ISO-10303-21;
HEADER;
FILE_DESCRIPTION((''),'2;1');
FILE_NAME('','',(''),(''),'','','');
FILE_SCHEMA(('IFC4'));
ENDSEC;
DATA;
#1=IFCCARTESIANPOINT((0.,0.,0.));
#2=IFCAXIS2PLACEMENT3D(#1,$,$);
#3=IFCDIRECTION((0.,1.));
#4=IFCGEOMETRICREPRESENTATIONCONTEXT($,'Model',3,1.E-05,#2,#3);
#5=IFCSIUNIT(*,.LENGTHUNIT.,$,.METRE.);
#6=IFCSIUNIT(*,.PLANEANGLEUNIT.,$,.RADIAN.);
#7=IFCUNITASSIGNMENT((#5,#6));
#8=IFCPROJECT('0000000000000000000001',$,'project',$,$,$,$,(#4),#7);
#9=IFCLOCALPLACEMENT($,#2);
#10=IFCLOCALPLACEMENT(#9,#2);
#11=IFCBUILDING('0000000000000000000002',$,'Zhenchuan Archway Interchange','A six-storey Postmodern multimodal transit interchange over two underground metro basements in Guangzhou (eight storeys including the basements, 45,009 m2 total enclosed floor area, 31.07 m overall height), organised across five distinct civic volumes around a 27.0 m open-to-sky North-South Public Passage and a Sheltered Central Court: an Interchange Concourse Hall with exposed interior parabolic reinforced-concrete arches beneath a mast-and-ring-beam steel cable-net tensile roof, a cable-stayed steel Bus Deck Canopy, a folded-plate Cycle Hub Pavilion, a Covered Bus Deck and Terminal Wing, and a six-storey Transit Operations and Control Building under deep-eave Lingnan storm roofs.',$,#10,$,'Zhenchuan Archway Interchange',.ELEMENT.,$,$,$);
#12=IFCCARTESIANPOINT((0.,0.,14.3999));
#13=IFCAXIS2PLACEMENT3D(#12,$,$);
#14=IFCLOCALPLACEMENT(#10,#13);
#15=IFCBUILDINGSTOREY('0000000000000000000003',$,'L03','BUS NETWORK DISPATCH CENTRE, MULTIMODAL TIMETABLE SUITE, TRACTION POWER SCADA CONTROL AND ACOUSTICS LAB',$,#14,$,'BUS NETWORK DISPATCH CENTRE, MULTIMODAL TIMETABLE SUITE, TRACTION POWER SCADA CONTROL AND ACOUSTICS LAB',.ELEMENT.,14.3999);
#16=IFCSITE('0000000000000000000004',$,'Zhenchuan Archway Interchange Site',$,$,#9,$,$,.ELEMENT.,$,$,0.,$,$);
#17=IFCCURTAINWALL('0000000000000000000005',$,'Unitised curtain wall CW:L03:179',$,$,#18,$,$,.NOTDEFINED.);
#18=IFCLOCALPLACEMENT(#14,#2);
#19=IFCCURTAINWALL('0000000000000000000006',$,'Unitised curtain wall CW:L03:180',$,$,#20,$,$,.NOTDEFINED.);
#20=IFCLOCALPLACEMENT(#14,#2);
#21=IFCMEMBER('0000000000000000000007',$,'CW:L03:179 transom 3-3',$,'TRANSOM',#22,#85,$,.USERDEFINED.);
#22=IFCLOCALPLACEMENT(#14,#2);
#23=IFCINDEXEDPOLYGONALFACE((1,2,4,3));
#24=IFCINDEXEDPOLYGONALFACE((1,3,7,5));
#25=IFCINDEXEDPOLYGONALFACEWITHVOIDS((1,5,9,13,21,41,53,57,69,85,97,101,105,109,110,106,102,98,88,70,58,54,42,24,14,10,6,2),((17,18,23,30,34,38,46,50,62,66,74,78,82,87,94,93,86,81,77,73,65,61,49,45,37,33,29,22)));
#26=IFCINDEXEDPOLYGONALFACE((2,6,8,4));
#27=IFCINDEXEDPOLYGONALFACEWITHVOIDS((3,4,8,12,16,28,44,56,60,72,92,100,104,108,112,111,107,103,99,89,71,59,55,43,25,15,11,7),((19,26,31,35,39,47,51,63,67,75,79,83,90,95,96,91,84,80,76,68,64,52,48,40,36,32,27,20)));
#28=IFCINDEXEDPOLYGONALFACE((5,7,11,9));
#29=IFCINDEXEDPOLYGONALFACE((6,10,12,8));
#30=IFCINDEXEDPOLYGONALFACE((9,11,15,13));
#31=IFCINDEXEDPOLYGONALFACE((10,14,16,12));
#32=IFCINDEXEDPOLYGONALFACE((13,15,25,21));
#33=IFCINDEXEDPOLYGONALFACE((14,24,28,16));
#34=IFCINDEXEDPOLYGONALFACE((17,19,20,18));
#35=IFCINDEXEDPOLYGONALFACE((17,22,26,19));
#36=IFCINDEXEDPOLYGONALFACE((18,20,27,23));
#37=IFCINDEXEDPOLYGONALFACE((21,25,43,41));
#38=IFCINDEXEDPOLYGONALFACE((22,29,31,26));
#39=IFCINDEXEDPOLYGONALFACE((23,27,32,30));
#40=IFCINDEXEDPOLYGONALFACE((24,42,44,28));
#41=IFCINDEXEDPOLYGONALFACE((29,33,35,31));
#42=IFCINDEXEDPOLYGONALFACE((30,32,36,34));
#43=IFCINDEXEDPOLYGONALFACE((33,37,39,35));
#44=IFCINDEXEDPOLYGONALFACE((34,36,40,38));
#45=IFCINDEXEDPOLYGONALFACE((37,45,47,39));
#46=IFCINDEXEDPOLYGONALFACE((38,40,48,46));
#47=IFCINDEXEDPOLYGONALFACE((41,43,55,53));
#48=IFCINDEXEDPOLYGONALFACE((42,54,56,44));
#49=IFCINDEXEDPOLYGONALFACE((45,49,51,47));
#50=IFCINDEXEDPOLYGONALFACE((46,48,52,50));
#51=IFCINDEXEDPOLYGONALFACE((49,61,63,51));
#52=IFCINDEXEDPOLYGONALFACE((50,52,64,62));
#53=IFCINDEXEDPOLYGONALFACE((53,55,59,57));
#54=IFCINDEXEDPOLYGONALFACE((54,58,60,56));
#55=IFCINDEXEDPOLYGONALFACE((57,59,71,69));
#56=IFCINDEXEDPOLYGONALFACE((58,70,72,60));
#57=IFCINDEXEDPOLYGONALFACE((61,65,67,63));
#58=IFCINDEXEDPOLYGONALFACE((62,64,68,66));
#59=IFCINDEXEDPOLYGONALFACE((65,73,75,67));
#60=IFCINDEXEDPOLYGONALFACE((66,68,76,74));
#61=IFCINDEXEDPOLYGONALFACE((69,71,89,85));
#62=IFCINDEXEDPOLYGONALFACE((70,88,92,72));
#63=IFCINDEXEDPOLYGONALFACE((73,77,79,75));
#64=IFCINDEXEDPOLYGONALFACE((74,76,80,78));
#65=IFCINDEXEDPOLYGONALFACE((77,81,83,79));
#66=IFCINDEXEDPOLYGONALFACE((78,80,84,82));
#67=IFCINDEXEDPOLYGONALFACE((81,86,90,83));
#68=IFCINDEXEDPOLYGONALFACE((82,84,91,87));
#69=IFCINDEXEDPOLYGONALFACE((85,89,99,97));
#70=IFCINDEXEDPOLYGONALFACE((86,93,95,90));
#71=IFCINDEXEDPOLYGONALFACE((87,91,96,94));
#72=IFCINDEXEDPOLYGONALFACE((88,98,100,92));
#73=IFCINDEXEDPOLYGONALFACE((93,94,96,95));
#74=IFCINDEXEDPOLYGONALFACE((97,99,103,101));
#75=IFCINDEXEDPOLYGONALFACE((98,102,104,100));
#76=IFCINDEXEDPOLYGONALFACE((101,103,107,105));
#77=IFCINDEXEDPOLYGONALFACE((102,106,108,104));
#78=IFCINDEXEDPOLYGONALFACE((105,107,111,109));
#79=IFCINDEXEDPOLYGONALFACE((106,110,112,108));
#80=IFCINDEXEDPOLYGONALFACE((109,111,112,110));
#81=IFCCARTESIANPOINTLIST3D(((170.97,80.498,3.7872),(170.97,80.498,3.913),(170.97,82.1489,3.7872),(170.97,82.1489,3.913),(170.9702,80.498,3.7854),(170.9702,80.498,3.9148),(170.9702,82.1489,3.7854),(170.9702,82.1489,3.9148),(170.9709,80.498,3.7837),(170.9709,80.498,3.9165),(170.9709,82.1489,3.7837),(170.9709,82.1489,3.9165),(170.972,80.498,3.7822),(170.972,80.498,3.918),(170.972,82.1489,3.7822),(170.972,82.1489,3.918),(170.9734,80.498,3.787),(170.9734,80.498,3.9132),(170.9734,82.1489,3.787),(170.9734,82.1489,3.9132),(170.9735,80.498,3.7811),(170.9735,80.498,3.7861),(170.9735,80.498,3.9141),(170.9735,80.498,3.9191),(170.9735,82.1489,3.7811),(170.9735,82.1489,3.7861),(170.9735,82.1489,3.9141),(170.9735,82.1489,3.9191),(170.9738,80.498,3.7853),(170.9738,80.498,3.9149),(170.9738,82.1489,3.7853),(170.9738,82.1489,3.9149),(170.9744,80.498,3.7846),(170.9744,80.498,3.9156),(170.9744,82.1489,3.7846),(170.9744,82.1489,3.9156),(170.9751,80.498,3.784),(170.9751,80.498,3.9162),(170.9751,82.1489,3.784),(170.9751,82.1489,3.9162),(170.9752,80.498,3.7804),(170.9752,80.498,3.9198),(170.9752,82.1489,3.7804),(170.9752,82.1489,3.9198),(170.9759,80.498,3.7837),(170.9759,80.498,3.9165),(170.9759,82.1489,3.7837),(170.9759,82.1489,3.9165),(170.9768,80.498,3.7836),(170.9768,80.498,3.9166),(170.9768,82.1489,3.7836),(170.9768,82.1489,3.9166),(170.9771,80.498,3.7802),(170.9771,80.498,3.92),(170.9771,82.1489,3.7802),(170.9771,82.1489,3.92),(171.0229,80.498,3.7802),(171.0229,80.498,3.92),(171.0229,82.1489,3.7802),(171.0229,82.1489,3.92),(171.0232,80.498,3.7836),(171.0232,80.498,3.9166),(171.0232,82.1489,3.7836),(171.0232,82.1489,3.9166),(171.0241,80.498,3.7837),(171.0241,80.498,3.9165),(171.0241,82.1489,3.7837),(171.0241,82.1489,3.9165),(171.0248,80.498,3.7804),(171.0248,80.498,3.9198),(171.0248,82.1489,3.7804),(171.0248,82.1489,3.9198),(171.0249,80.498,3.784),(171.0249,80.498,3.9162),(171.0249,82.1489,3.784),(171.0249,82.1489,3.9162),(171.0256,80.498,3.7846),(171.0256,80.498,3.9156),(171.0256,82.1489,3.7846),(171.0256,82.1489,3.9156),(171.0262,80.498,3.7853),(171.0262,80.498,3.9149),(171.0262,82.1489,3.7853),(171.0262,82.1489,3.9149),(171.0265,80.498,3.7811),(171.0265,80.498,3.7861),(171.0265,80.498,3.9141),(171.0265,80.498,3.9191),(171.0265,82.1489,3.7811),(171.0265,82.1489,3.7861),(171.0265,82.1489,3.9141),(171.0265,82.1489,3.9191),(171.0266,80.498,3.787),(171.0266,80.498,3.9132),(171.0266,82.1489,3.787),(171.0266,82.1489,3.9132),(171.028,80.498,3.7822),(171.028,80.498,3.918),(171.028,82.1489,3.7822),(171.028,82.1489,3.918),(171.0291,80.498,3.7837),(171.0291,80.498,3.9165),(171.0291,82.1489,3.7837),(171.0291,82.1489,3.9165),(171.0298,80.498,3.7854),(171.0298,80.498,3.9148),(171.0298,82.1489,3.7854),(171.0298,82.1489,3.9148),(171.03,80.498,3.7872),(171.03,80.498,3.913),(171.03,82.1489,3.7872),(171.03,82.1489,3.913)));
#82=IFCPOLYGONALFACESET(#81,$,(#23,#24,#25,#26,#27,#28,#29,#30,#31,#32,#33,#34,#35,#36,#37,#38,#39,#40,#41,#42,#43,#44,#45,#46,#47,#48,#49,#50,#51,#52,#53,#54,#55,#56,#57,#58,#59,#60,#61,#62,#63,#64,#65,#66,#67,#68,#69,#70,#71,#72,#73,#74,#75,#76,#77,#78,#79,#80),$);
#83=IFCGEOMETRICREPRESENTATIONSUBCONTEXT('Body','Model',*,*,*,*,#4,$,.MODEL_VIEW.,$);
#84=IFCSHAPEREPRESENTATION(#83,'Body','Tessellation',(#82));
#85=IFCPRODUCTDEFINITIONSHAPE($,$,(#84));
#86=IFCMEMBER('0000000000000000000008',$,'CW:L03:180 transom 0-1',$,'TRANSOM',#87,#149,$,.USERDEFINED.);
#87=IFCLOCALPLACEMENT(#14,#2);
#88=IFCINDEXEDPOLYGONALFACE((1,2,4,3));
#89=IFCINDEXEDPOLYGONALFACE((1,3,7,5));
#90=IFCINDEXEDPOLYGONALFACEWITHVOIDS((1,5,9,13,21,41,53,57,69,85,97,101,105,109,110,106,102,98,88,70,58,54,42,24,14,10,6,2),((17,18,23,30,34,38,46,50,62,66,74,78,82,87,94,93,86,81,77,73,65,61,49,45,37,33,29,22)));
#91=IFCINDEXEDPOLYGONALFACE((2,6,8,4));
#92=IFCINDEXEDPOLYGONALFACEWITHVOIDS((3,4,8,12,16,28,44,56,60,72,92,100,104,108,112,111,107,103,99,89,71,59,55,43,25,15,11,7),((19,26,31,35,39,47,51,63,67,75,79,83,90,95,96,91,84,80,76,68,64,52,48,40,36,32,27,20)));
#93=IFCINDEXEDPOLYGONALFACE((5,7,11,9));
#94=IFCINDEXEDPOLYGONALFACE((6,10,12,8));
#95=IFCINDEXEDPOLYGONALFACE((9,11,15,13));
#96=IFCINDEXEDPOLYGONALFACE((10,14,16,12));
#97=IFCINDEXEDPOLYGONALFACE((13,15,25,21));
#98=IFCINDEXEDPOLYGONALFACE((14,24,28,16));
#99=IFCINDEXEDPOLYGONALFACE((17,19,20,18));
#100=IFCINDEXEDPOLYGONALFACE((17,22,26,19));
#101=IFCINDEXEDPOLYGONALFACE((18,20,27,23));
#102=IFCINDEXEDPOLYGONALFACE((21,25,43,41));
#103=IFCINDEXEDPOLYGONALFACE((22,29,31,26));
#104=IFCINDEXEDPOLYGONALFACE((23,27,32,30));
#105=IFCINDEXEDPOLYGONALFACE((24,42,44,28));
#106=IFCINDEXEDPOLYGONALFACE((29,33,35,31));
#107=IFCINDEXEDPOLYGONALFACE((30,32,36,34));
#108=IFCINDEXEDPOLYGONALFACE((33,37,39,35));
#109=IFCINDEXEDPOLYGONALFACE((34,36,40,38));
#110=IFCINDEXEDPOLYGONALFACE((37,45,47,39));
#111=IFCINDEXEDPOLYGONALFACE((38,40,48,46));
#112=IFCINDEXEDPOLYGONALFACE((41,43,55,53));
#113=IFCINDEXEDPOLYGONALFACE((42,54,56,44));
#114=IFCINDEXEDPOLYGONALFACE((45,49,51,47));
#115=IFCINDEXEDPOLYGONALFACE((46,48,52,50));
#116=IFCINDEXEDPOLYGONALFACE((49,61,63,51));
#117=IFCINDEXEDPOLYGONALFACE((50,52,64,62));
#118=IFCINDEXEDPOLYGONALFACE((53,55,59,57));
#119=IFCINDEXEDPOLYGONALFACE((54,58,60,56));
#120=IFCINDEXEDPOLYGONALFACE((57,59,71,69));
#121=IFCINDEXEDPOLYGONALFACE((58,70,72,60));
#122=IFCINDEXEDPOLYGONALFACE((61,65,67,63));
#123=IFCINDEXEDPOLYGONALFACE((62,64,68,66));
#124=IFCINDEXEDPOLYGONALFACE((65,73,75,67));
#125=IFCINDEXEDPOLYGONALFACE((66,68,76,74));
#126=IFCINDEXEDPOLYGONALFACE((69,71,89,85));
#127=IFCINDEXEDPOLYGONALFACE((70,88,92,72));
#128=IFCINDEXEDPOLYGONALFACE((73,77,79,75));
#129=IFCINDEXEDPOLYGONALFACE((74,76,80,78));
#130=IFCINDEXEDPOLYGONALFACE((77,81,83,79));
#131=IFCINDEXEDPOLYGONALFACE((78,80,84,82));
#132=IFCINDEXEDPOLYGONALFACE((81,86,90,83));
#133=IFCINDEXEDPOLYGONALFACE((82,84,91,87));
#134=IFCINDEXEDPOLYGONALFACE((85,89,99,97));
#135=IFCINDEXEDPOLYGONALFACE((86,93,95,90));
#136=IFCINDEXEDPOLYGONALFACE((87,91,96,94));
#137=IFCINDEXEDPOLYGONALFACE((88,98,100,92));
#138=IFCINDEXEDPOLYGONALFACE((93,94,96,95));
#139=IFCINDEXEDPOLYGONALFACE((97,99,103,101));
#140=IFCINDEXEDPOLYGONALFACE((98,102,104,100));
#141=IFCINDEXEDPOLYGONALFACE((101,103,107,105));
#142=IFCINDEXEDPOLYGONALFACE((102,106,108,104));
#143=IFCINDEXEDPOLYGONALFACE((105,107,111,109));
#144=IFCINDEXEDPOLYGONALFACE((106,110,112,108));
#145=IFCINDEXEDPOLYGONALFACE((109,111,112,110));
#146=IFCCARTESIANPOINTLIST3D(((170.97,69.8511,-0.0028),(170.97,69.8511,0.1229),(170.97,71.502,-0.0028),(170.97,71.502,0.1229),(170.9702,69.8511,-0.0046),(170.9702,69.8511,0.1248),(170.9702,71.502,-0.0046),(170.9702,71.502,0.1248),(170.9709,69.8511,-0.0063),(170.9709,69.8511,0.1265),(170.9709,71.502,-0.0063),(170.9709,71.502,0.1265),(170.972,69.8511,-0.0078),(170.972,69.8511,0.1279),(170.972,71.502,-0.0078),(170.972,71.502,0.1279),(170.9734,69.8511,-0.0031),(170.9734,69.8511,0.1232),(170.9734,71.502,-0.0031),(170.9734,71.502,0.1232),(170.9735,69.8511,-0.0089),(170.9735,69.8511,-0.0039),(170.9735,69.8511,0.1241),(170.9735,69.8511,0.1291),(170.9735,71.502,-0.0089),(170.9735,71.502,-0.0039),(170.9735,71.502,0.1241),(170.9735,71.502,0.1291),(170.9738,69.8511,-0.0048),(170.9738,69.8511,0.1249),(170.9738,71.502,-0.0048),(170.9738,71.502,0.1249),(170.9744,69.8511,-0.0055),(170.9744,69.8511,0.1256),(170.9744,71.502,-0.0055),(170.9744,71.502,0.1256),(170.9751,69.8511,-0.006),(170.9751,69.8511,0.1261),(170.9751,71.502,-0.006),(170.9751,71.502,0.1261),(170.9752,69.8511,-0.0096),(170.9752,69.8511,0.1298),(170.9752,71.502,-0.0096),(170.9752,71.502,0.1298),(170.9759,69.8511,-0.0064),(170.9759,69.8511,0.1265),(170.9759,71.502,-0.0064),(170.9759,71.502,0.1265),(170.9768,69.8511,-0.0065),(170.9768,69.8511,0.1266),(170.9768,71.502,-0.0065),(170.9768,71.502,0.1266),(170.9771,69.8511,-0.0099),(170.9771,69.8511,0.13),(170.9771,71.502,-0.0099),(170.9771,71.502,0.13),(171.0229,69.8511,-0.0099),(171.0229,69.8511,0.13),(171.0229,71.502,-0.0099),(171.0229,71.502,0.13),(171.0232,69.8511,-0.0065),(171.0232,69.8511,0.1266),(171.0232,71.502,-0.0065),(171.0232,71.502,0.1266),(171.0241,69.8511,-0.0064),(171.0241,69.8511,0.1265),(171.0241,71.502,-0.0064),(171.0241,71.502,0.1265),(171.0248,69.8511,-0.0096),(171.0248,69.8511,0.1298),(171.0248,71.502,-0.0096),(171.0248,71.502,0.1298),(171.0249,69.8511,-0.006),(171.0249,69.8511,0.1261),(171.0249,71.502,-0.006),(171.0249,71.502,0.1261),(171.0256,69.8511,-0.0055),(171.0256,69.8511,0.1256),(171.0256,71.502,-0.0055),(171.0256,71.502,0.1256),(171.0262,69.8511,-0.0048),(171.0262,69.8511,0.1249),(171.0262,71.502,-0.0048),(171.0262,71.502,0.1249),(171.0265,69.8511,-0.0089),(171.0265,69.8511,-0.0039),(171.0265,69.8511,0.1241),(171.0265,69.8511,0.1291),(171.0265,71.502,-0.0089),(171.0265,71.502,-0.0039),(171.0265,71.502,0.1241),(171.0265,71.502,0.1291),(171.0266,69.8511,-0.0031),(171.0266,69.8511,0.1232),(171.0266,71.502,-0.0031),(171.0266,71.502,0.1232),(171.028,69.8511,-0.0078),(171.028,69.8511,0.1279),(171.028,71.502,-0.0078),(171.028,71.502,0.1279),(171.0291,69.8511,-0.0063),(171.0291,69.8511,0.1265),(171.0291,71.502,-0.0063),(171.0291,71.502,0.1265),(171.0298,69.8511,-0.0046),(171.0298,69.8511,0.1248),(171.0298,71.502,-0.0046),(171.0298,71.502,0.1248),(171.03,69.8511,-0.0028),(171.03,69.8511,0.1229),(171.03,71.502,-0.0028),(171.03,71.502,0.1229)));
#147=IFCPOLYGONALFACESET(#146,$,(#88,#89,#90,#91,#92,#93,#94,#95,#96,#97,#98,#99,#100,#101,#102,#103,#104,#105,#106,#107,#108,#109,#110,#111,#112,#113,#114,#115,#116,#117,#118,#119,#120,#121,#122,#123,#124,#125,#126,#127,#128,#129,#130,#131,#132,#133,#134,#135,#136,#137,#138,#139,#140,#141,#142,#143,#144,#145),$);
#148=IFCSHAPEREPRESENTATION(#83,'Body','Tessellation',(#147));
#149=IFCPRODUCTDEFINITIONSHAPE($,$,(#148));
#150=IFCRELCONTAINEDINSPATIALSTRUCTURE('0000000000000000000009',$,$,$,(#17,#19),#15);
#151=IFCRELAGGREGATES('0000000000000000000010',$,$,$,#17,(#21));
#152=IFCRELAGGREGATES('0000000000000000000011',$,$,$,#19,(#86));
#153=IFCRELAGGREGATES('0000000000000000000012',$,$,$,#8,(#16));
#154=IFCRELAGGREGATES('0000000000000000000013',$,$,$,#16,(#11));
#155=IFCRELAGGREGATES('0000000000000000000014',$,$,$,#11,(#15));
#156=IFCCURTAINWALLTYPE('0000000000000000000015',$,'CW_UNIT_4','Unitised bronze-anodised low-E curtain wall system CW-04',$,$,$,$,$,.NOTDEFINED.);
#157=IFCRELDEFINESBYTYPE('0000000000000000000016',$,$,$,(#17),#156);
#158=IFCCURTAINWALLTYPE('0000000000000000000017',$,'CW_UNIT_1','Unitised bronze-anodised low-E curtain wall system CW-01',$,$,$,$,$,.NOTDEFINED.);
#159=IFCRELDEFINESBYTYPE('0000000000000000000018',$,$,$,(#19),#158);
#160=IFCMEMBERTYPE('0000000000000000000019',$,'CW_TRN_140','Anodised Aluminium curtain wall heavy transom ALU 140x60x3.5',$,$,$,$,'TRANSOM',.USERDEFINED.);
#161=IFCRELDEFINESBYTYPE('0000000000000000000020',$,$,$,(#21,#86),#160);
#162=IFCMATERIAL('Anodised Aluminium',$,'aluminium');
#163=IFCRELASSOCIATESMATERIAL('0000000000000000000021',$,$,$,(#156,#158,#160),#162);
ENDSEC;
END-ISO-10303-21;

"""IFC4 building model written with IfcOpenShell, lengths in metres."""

from ifc_helpers import new_model, si_unit, direction, frame, origin, origin_2d, place, context, subcontext, project, spatial, hollow_rectangle, extrude, material, material_profile, profile_set, type_object, element, aggregate, save


model = new_model("IFC4")

# Units and contexts
model_context = context("Model", 3, precision=1e-05, world=origin(), true_north=direction((0.0, 1.0)))
body_context = subcontext(model_context, "Body", "Model", "MODEL_VIEW")
ifc_project = project(units=[si_unit("LENGTHUNIT", "METRE"), si_unit("PLANEANGLEUNIT", "RADIAN")], contexts=[model_context])

# Site, building, storey
site_placement = place(None, origin())
site = spatial("IfcSite", under=ifc_project, at=site_placement, Name="Zhenchuan Archway Interchange Site", CompositionType="ELEMENT", RefElevation=0.0)
building_placement = place(site_placement, origin())
building = spatial("IfcBuilding", under=site, at=building_placement, Name="Zhenchuan Archway Interchange", Description="A six-storey Postmodern multimodal transit interchange over two underground metro basements in Guangzhou (eight storeys including the basements, 45,009 m2 total enclosed floor area, 31.07 m overall height), organised across five distinct civic volumes around a 27.0 m open-to-sky North-South Public Passage and a Sheltered Central Court: an Interchange Concourse Hall with exposed interior parabolic reinforced-concrete arches beneath a mast-and-ring-beam steel cable-net tensile roof, a cable-stayed steel Bus Deck Canopy, a folded-plate Cycle Hub Pavilion, a Covered Bus Deck and Terminal Wing, and a six-storey Transit Operations and Control Building under deep-eave Lingnan storm roofs.", LongName="Zhenchuan Archway Interchange", CompositionType="ELEMENT")
storey_placement = place(building_placement, frame((0.0, 0.0, 14.3999)))
storey = spatial("IfcBuildingStorey", under=building, at=storey_placement, Name="L03", Description="BUS NETWORK DISPATCH CENTRE, MULTIMODAL TIMETABLE SUITE, TRACTION POWER SCADA CONTROL AND ACOUSTICS LAB", LongName="BUS NETWORK DISPATCH CENTRE, MULTIMODAL TIMETABLE SUITE, TRACTION POWER SCADA CONTROL AND ACOUSTICS LAB", CompositionType="ELEMENT", Elevation=14.3999)

# Curtain walls
ifc_material_1 = material(Name="Anodised Aluminium", Category="aluminium")
curtain_wall_type_1 = type_object("IfcCurtainWallType", Name="CW_UNIT_4", Description="Unitised bronze-anodised low-E curtain wall system CW-04", PredefinedType="NOTDEFINED", material=ifc_material_1)
curtain_wall_1_placement = place(storey_placement, origin())
curtain_wall_1 = element("IfcCurtainWall", 1, at=curtain_wall_1_placement, inside=storey, type_object=curtain_wall_type_1, Name="Unitised curtain wall CW:L03:179", PredefinedType="NOTDEFINED")
curtain_wall_type_2 = type_object("IfcCurtainWallType", Name="CW_UNIT_1", Description="Unitised bronze-anodised low-E curtain wall system CW-01", PredefinedType="NOTDEFINED", material=ifc_material_1)
curtain_wall_2_placement = place(storey_placement, origin())
curtain_wall_2 = element("IfcCurtainWall", 2, at=curtain_wall_2_placement, inside=storey, type_object=curtain_wall_type_2, Name="Unitised curtain wall CW:L03:180", PredefinedType="NOTDEFINED")

# Members
ifc_material_profile_1 = material_profile(ifc_material_1, hollow_rectangle(XDim=0.0601, YDim=0.1399, WallThickness=0.0034, InnerFilletRadius=0.0034, OuterFilletRadius=0.0071, at=origin_2d()), Name="ALU 140x60x3.5")
ifc_profile_set_1 = profile_set([ifc_material_profile_1], Name="Anodised Aluminium")
member_type_1 = type_object("IfcMemberType", Name="CW_TRN_140", Description="Anodised Aluminium curtain wall heavy transom ALU 140x60x3.5", ElementType="TRANSOM", PredefinedType="USERDEFINED", material=ifc_profile_set_1)
member_1_placement = place(storey_placement, frame((171.0, 82.1489, 3.8501), z_axis=(0.0, -1.0, 0.0), x_axis=(1.0, 0.0, 0.0)))
member_1 = element("IfcMember", 3, at=member_1_placement, type_object=member_type_1, Name="CW:L03:179 transom 3-3", ObjectType="TRANSOM", PredefinedType="USERDEFINED", context=body_context, shape_type="SweptSolid", body=[
    extrude(hollow_rectangle(XDim=0.0601, YDim=0.1399, WallThickness=0.0034, InnerFilletRadius=0.0034, OuterFilletRadius=0.0071, at=origin_2d()), origin(), (0.0, 0.0, 1.0), 1.6509),
])
member_2_placement = place(storey_placement, frame((171.0, 71.502, 0.0601), z_axis=(0.0, -1.0, 0.0), x_axis=(1.0, 0.0, 0.0)))
member_2 = element("IfcMember", 4, at=member_2_placement, type_object=member_type_1, Name="CW:L03:180 transom 0-1", ObjectType="TRANSOM", PredefinedType="USERDEFINED", context=body_context, shape_type="SweptSolid", body=[
    extrude(hollow_rectangle(XDim=0.0601, YDim=0.1399, WallThickness=0.0034, InnerFilletRadius=0.0034, OuterFilletRadius=0.0071, at=origin_2d()), origin(), (0.0, 0.0, 1.0), 1.6509),
])

aggregate(curtain_wall_1, [member_1])
aggregate(curtain_wall_2, [member_2])

save(model, "model.ifc")
